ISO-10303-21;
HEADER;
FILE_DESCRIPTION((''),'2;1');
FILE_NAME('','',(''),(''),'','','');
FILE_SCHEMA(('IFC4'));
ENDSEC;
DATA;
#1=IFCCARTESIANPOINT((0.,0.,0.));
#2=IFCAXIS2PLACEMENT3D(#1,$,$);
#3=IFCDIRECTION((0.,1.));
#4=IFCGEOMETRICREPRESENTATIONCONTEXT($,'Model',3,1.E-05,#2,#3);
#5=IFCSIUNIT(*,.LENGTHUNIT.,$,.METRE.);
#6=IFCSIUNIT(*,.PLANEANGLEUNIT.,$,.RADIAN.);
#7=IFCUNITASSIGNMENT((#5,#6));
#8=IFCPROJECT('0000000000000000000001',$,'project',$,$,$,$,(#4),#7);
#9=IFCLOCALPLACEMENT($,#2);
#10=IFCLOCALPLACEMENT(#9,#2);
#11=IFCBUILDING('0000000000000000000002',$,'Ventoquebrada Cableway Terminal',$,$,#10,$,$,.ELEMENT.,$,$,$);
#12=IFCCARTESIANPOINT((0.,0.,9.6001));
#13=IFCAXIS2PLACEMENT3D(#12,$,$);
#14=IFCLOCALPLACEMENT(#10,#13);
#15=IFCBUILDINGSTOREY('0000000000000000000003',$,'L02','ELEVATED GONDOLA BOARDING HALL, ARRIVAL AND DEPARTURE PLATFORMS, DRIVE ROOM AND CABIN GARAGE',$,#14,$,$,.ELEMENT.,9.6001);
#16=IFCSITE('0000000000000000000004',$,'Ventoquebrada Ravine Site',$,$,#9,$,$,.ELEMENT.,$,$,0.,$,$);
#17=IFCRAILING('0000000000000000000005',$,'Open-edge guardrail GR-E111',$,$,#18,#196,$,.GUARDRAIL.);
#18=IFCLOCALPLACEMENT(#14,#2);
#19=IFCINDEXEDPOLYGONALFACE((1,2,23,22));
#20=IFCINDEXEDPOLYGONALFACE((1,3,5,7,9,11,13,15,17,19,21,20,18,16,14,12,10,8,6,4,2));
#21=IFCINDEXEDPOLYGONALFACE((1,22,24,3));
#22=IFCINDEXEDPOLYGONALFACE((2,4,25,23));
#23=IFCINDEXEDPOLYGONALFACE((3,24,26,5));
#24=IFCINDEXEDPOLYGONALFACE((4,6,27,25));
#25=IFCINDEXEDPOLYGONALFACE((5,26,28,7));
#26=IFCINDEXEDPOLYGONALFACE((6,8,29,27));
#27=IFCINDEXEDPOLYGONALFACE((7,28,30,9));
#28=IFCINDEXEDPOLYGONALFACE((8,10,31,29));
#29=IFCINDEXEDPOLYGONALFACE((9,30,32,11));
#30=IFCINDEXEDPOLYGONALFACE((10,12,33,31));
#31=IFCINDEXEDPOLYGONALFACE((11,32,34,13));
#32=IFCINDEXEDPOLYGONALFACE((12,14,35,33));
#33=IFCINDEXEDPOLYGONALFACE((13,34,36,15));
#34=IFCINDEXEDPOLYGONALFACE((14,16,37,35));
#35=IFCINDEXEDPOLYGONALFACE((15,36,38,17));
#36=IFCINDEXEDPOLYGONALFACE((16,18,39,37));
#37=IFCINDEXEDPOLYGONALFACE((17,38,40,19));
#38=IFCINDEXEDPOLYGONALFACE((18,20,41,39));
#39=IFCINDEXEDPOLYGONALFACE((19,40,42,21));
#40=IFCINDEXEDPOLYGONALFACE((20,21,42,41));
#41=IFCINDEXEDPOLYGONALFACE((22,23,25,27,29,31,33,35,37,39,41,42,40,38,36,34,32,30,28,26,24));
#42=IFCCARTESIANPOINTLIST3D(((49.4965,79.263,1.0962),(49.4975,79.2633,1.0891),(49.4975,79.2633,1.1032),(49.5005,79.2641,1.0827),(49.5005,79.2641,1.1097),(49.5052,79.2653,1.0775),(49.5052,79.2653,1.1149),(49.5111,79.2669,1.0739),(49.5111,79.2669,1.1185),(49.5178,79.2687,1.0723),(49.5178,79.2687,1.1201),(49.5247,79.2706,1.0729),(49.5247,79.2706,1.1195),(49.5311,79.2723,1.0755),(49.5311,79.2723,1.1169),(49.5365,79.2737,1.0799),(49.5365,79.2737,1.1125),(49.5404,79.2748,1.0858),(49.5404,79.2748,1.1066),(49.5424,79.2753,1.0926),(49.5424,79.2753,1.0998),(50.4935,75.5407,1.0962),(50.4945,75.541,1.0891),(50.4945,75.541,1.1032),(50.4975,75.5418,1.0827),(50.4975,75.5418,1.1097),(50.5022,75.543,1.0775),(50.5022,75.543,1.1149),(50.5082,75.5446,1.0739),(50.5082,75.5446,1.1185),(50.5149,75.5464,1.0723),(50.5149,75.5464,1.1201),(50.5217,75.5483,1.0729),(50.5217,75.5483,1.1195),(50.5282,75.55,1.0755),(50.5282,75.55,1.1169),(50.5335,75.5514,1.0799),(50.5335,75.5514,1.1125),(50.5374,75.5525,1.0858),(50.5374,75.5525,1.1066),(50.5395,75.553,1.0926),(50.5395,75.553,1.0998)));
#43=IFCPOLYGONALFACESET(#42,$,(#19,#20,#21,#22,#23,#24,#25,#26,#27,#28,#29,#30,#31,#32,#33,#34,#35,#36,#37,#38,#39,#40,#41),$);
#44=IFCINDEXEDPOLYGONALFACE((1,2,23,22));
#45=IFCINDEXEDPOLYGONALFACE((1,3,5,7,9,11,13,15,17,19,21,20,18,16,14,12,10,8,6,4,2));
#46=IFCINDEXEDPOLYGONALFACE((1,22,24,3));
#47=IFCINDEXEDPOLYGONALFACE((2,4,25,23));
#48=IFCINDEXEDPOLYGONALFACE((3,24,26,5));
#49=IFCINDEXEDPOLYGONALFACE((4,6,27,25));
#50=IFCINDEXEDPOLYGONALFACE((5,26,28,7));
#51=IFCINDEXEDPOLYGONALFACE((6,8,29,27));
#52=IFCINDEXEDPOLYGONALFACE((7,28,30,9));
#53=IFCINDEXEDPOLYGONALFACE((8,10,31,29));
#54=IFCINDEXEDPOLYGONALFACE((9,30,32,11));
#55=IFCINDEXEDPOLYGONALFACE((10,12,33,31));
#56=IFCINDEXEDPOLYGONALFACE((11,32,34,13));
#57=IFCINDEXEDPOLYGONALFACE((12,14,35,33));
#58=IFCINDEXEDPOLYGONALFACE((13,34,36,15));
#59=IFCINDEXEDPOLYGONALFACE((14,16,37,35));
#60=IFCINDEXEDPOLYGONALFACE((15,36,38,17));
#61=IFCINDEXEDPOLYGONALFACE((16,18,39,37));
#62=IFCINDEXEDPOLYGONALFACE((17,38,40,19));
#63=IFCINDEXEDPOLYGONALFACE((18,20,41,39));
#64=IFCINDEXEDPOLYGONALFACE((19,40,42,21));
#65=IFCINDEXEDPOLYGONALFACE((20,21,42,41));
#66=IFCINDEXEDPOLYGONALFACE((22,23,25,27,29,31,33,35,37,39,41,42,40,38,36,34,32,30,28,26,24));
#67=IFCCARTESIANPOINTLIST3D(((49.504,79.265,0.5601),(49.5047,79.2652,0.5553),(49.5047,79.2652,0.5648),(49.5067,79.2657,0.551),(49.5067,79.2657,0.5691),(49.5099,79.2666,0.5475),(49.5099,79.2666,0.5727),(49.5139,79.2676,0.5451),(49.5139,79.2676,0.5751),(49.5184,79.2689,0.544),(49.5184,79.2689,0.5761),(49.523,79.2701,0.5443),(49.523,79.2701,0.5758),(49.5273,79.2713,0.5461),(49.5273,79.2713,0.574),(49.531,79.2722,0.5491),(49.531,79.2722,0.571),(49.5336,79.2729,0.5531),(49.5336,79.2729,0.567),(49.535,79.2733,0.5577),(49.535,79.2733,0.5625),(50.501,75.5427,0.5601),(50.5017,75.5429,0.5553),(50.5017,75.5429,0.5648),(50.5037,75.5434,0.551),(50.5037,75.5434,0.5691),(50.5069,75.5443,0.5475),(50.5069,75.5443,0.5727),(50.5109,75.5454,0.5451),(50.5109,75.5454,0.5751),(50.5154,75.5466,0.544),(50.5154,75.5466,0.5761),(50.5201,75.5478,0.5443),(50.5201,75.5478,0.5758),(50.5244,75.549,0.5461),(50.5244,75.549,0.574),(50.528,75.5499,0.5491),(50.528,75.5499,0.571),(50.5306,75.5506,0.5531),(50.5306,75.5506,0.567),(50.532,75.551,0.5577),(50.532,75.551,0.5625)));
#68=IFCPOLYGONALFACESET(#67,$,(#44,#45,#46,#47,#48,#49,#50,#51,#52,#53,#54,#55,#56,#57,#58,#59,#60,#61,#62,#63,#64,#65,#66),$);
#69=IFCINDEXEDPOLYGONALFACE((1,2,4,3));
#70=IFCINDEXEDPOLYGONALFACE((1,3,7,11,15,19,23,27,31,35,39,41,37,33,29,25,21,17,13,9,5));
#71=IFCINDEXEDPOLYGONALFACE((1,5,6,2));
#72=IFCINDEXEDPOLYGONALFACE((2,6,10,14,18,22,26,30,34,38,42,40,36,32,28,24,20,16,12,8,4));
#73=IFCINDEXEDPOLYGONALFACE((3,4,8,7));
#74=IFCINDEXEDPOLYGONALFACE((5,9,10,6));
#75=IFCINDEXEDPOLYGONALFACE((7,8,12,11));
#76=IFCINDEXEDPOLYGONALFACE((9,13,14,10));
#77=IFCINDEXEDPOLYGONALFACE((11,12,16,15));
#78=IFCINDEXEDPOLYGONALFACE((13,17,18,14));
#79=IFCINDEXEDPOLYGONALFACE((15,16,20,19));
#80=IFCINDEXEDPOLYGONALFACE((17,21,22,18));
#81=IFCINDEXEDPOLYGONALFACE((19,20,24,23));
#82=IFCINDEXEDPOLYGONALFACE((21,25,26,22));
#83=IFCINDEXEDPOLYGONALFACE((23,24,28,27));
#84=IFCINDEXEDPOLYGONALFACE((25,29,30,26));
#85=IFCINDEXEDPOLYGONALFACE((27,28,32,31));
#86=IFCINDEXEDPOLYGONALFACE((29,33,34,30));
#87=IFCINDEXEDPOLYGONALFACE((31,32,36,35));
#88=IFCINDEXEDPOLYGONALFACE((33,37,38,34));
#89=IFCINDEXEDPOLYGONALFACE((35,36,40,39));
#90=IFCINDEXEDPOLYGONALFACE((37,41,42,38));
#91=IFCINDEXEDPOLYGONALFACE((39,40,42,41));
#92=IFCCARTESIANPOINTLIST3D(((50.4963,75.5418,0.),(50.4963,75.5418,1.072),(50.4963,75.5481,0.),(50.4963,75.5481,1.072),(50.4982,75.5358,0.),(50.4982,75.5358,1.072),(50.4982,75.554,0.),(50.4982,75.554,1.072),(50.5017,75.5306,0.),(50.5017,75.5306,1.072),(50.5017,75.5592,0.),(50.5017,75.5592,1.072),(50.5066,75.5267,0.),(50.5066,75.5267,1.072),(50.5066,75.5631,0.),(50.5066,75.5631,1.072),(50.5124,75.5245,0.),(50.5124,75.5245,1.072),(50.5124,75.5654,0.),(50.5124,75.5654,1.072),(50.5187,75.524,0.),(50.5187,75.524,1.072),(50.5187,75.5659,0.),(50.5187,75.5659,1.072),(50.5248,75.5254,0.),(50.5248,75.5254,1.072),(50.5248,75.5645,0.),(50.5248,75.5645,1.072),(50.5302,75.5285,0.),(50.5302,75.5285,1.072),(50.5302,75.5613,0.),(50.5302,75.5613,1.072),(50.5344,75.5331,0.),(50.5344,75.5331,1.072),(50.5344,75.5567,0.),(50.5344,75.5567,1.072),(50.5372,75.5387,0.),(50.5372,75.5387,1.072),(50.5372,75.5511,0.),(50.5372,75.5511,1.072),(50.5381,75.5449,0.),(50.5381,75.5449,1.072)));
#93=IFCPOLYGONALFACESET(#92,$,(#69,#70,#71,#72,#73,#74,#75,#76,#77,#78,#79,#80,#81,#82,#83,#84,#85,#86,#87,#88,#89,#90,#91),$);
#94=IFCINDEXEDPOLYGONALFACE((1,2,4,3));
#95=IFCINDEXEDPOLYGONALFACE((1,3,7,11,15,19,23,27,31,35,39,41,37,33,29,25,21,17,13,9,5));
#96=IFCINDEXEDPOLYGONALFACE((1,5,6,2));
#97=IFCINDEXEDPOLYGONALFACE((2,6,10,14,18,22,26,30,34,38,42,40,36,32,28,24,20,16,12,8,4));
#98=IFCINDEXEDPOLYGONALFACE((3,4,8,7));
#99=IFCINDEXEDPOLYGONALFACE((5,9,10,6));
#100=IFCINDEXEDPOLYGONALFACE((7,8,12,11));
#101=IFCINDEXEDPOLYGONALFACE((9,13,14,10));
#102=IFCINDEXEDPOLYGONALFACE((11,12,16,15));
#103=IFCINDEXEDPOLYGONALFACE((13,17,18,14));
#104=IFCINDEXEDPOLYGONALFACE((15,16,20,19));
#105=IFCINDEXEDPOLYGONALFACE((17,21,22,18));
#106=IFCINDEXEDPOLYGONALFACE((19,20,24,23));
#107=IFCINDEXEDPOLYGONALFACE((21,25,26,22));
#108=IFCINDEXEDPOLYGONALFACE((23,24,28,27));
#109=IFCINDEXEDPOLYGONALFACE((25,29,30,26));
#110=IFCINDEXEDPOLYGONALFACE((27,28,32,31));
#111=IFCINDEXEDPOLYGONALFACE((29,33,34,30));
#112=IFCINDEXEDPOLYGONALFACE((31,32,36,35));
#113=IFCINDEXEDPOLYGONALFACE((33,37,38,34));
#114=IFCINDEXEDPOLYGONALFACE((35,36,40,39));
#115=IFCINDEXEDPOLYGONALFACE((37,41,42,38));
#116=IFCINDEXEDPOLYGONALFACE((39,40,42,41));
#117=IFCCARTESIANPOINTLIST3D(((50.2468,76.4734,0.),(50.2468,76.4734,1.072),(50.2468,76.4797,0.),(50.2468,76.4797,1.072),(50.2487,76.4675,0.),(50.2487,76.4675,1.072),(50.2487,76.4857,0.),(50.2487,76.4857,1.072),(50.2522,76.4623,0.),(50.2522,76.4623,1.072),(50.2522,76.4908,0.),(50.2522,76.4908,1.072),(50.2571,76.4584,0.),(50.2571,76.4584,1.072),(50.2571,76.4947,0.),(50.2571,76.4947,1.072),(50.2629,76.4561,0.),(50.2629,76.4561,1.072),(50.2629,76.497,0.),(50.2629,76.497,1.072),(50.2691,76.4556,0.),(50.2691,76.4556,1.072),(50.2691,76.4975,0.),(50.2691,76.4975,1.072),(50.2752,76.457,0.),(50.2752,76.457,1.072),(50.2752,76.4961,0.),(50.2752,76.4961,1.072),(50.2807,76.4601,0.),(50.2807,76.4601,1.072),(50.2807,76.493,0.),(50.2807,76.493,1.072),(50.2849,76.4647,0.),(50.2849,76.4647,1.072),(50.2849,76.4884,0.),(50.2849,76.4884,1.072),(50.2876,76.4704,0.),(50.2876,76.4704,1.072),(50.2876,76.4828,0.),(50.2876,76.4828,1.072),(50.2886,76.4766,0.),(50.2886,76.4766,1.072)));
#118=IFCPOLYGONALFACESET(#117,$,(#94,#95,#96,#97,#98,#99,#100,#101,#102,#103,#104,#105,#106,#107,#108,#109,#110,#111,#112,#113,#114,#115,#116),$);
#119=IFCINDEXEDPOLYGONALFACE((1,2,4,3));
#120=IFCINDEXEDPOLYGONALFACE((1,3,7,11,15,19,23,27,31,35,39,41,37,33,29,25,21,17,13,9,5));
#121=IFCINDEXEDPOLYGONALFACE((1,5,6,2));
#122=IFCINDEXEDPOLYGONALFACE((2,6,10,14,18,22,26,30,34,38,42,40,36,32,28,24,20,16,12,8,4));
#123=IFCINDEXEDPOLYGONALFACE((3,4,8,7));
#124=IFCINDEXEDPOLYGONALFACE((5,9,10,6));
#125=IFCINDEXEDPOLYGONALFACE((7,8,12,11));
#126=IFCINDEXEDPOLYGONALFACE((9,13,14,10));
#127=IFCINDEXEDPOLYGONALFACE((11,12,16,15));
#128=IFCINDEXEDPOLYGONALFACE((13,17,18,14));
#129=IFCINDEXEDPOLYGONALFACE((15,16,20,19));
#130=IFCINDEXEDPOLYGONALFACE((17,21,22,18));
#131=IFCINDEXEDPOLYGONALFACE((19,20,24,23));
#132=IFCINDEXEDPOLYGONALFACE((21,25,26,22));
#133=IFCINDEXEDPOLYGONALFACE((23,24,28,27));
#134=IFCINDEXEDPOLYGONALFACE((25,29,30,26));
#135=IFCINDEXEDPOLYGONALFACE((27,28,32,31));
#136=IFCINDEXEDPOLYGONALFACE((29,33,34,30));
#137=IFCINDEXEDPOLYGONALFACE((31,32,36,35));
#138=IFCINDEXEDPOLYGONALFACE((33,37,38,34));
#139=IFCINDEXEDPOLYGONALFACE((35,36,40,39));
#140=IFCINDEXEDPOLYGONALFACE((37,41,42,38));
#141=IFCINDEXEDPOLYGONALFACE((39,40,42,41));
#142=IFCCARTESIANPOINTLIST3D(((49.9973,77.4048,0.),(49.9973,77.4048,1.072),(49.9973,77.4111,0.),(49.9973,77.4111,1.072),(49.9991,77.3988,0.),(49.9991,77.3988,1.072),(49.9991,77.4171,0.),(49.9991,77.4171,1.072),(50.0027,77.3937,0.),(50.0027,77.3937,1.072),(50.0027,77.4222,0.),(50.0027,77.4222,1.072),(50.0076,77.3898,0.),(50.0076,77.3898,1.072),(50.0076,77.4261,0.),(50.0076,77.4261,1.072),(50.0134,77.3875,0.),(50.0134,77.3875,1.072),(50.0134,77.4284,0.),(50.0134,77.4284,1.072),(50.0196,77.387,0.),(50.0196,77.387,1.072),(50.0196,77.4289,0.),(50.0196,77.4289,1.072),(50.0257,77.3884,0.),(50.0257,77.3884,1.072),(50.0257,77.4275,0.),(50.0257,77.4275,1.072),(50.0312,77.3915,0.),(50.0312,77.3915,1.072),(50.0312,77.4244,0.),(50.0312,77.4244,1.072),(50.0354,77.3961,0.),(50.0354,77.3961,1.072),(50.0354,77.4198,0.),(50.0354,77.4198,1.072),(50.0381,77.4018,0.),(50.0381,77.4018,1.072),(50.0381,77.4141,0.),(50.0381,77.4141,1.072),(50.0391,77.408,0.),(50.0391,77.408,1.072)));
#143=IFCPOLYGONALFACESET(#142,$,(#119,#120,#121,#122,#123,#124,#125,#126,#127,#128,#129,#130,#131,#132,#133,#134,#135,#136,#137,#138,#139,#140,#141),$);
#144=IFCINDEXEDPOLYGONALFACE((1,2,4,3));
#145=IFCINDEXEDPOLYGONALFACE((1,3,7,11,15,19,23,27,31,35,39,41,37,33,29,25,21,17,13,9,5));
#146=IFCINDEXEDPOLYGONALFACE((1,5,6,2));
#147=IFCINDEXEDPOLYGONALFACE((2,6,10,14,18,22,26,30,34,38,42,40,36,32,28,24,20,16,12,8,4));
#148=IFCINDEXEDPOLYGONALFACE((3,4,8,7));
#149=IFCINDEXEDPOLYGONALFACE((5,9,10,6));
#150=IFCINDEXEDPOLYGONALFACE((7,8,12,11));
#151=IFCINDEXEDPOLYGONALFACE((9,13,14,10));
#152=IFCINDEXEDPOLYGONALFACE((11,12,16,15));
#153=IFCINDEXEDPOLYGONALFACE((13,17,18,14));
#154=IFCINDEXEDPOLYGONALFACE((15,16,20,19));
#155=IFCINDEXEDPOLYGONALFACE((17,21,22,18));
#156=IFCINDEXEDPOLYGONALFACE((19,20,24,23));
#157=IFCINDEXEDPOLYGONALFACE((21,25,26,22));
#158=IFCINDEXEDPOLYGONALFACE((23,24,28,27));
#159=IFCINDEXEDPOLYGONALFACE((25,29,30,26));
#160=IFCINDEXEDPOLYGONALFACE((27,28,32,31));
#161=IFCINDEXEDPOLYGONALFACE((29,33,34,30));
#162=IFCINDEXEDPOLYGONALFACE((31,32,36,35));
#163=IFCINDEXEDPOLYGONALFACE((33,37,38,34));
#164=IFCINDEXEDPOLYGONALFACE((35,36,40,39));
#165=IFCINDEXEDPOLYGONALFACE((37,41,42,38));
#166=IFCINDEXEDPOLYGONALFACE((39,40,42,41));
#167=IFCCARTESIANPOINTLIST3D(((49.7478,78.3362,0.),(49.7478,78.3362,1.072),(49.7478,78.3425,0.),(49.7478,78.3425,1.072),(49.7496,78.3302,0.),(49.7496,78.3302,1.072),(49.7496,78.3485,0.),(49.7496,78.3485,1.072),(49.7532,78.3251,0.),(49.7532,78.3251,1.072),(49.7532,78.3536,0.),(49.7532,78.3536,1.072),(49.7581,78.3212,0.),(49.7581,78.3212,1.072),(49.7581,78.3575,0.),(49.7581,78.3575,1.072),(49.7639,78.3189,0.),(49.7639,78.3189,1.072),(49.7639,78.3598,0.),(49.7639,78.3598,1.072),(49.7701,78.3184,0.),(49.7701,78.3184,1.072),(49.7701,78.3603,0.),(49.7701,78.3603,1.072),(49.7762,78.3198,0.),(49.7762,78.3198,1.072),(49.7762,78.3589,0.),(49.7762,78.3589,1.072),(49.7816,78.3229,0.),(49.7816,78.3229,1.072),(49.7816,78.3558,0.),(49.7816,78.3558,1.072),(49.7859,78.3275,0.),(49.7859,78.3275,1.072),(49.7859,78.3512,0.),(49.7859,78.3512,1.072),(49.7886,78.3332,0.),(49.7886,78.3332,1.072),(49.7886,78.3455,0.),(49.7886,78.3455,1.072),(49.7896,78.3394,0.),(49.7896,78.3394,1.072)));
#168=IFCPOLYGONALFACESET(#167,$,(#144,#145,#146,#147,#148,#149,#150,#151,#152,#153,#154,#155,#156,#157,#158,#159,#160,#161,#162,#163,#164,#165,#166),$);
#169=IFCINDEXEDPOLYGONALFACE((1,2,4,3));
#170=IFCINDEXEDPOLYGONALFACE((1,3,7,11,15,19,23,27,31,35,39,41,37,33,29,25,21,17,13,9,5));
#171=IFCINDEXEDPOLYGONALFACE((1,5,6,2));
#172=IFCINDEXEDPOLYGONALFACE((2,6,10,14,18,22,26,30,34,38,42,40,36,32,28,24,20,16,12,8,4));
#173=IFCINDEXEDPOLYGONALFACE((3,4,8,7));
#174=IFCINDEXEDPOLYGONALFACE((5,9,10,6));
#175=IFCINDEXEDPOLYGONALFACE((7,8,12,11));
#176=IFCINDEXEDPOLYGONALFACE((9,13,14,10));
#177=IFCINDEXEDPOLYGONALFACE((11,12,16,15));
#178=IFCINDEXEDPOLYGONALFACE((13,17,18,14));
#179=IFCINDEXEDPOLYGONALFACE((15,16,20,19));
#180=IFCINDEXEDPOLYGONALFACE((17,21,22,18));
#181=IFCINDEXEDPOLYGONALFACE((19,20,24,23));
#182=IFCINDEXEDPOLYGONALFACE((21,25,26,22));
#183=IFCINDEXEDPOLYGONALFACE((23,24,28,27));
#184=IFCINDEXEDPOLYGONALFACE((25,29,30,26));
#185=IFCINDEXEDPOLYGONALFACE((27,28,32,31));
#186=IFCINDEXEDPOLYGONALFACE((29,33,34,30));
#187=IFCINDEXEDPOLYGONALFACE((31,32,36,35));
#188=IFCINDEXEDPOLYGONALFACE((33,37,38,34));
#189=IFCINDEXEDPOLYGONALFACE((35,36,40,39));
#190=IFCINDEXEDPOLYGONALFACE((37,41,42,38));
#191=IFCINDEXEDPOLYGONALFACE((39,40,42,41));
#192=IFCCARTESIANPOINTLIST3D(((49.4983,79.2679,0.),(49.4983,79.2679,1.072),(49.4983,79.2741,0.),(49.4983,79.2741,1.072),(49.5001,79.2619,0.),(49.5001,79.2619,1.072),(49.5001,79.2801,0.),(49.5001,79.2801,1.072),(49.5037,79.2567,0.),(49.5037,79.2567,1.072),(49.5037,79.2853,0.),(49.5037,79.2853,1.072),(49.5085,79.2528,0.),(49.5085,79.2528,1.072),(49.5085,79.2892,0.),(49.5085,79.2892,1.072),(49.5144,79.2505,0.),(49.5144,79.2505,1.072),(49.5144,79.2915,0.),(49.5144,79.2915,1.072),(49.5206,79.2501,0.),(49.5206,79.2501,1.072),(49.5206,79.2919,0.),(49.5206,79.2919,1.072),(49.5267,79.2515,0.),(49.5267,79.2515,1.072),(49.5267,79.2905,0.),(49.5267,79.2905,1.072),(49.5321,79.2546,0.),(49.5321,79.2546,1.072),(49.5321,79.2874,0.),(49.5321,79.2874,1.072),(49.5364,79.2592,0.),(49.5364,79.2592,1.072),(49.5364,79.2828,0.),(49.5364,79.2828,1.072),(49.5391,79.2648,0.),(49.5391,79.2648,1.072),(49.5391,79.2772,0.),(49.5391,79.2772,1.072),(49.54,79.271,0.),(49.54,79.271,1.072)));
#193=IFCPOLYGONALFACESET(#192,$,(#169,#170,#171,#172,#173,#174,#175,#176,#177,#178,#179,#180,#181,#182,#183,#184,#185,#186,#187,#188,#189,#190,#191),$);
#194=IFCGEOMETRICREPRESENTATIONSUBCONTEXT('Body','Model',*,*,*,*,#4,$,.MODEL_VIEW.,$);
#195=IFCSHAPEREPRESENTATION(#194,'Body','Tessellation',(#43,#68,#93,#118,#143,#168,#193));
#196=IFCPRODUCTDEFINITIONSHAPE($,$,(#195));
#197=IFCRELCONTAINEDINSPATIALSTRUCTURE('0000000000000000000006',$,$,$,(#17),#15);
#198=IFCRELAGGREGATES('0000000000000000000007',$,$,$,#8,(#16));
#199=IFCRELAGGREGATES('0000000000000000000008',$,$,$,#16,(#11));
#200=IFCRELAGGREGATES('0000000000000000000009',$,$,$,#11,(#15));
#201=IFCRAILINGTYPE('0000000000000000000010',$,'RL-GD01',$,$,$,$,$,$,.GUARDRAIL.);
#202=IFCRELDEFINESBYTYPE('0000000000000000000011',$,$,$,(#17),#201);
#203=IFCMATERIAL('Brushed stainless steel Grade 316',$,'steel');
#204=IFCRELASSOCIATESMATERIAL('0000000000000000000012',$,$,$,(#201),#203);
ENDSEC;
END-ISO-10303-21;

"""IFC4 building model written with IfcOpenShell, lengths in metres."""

from ifc_helpers import new_model, si_unit, direction, frame, origin, origin_2d, place, context, subcontext, project, spatial, circle, extrude, material, type_object, element, save


model = new_model("IFC4")

# Units and contexts
model_context = context("Model", 3, precision=1e-05, world=origin(), true_north=direction((0.0, 1.0)))
body_context = subcontext(model_context, "Body", "Model", "MODEL_VIEW")
ifc_project = project(units=[si_unit("LENGTHUNIT", "METRE"), si_unit("PLANEANGLEUNIT", "RADIAN")], contexts=[model_context])

# Site, building, storey
site_placement = place(None, origin())
site = spatial("IfcSite", under=ifc_project, at=site_placement, Name="Ventoquebrada Ravine Site", CompositionType="ELEMENT", RefElevation=0.0)
building_placement = place(site_placement, origin())
building = spatial("IfcBuilding", under=site, at=building_placement, Name="Ventoquebrada Cableway Terminal", CompositionType="ELEMENT")
storey_placement = place(building_placement, frame((0.0, 0.0, 9.6001)))
storey = spatial("IfcBuildingStorey", under=building, at=storey_placement, Name="L02", Description="ELEVATED GONDOLA BOARDING HALL, ARRIVAL AND DEPARTURE PLATFORMS, DRIVE ROOM AND CABIN GARAGE", CompositionType="ELEMENT", Elevation=9.6001)

# Railing
ifc_material_1 = material(Name="Brushed stainless steel Grade 316", Category="steel")
railing_type_1 = type_object("IfcRailingType", Name="RL-GD01", PredefinedType="GUARDRAIL", material=ifc_material_1)
railing_1_placement = place(storey_placement, frame((50.5171, 75.5449, 0.0)))
element("IfcRailing", 1, at=railing_1_placement, inside=storey, type_object=railing_type_1, Name="Open-edge guardrail GR-E111", PredefinedType="GUARDRAIL", context=body_context, shape_type="SweptSolid", body=[
    extrude(circle(Radius=0.0239, at=origin_2d()), frame((-0.0005, 0.002, 1.0962), z_axis=(-0.258734, 0.965949, 0.0), x_axis=(-0.965949, -0.258734, 0.0)), (0.0, 0.0, 1.0), 3.8535),
    extrude(circle(Radius=0.0161, at=origin_2d()), frame((-0.0005, 0.002, 0.5601), z_axis=(-0.258734, 0.965949, 0.0), x_axis=(-0.965949, -0.258734, 0.0)), (0.0, 0.0, 1.0), 3.8535),
    extrude(circle(Radius=0.021, at=origin_2d()), origin(), (0.0, 0.0, 1.0), 1.072),
    extrude(circle(Radius=0.021, at=origin_2d()), frame((-0.2495, 0.9316, 0.0)), (0.0, 0.0, 1.0), 1.072),
    extrude(circle(Radius=0.021, at=origin_2d()), frame((-0.499, 1.863, 0.0)), (0.0, 0.0, 1.0), 1.072),
    extrude(circle(Radius=0.021, at=origin_2d()), frame((-0.7485, 2.7944, 0.0)), (0.0, 0.0, 1.0), 1.072),
    extrude(circle(Radius=0.021, at=origin_2d()), frame((-0.998, 3.7261, 0.0)), (0.0, 0.0, 1.0), 1.072),
])

save(model, "model.ifc")
